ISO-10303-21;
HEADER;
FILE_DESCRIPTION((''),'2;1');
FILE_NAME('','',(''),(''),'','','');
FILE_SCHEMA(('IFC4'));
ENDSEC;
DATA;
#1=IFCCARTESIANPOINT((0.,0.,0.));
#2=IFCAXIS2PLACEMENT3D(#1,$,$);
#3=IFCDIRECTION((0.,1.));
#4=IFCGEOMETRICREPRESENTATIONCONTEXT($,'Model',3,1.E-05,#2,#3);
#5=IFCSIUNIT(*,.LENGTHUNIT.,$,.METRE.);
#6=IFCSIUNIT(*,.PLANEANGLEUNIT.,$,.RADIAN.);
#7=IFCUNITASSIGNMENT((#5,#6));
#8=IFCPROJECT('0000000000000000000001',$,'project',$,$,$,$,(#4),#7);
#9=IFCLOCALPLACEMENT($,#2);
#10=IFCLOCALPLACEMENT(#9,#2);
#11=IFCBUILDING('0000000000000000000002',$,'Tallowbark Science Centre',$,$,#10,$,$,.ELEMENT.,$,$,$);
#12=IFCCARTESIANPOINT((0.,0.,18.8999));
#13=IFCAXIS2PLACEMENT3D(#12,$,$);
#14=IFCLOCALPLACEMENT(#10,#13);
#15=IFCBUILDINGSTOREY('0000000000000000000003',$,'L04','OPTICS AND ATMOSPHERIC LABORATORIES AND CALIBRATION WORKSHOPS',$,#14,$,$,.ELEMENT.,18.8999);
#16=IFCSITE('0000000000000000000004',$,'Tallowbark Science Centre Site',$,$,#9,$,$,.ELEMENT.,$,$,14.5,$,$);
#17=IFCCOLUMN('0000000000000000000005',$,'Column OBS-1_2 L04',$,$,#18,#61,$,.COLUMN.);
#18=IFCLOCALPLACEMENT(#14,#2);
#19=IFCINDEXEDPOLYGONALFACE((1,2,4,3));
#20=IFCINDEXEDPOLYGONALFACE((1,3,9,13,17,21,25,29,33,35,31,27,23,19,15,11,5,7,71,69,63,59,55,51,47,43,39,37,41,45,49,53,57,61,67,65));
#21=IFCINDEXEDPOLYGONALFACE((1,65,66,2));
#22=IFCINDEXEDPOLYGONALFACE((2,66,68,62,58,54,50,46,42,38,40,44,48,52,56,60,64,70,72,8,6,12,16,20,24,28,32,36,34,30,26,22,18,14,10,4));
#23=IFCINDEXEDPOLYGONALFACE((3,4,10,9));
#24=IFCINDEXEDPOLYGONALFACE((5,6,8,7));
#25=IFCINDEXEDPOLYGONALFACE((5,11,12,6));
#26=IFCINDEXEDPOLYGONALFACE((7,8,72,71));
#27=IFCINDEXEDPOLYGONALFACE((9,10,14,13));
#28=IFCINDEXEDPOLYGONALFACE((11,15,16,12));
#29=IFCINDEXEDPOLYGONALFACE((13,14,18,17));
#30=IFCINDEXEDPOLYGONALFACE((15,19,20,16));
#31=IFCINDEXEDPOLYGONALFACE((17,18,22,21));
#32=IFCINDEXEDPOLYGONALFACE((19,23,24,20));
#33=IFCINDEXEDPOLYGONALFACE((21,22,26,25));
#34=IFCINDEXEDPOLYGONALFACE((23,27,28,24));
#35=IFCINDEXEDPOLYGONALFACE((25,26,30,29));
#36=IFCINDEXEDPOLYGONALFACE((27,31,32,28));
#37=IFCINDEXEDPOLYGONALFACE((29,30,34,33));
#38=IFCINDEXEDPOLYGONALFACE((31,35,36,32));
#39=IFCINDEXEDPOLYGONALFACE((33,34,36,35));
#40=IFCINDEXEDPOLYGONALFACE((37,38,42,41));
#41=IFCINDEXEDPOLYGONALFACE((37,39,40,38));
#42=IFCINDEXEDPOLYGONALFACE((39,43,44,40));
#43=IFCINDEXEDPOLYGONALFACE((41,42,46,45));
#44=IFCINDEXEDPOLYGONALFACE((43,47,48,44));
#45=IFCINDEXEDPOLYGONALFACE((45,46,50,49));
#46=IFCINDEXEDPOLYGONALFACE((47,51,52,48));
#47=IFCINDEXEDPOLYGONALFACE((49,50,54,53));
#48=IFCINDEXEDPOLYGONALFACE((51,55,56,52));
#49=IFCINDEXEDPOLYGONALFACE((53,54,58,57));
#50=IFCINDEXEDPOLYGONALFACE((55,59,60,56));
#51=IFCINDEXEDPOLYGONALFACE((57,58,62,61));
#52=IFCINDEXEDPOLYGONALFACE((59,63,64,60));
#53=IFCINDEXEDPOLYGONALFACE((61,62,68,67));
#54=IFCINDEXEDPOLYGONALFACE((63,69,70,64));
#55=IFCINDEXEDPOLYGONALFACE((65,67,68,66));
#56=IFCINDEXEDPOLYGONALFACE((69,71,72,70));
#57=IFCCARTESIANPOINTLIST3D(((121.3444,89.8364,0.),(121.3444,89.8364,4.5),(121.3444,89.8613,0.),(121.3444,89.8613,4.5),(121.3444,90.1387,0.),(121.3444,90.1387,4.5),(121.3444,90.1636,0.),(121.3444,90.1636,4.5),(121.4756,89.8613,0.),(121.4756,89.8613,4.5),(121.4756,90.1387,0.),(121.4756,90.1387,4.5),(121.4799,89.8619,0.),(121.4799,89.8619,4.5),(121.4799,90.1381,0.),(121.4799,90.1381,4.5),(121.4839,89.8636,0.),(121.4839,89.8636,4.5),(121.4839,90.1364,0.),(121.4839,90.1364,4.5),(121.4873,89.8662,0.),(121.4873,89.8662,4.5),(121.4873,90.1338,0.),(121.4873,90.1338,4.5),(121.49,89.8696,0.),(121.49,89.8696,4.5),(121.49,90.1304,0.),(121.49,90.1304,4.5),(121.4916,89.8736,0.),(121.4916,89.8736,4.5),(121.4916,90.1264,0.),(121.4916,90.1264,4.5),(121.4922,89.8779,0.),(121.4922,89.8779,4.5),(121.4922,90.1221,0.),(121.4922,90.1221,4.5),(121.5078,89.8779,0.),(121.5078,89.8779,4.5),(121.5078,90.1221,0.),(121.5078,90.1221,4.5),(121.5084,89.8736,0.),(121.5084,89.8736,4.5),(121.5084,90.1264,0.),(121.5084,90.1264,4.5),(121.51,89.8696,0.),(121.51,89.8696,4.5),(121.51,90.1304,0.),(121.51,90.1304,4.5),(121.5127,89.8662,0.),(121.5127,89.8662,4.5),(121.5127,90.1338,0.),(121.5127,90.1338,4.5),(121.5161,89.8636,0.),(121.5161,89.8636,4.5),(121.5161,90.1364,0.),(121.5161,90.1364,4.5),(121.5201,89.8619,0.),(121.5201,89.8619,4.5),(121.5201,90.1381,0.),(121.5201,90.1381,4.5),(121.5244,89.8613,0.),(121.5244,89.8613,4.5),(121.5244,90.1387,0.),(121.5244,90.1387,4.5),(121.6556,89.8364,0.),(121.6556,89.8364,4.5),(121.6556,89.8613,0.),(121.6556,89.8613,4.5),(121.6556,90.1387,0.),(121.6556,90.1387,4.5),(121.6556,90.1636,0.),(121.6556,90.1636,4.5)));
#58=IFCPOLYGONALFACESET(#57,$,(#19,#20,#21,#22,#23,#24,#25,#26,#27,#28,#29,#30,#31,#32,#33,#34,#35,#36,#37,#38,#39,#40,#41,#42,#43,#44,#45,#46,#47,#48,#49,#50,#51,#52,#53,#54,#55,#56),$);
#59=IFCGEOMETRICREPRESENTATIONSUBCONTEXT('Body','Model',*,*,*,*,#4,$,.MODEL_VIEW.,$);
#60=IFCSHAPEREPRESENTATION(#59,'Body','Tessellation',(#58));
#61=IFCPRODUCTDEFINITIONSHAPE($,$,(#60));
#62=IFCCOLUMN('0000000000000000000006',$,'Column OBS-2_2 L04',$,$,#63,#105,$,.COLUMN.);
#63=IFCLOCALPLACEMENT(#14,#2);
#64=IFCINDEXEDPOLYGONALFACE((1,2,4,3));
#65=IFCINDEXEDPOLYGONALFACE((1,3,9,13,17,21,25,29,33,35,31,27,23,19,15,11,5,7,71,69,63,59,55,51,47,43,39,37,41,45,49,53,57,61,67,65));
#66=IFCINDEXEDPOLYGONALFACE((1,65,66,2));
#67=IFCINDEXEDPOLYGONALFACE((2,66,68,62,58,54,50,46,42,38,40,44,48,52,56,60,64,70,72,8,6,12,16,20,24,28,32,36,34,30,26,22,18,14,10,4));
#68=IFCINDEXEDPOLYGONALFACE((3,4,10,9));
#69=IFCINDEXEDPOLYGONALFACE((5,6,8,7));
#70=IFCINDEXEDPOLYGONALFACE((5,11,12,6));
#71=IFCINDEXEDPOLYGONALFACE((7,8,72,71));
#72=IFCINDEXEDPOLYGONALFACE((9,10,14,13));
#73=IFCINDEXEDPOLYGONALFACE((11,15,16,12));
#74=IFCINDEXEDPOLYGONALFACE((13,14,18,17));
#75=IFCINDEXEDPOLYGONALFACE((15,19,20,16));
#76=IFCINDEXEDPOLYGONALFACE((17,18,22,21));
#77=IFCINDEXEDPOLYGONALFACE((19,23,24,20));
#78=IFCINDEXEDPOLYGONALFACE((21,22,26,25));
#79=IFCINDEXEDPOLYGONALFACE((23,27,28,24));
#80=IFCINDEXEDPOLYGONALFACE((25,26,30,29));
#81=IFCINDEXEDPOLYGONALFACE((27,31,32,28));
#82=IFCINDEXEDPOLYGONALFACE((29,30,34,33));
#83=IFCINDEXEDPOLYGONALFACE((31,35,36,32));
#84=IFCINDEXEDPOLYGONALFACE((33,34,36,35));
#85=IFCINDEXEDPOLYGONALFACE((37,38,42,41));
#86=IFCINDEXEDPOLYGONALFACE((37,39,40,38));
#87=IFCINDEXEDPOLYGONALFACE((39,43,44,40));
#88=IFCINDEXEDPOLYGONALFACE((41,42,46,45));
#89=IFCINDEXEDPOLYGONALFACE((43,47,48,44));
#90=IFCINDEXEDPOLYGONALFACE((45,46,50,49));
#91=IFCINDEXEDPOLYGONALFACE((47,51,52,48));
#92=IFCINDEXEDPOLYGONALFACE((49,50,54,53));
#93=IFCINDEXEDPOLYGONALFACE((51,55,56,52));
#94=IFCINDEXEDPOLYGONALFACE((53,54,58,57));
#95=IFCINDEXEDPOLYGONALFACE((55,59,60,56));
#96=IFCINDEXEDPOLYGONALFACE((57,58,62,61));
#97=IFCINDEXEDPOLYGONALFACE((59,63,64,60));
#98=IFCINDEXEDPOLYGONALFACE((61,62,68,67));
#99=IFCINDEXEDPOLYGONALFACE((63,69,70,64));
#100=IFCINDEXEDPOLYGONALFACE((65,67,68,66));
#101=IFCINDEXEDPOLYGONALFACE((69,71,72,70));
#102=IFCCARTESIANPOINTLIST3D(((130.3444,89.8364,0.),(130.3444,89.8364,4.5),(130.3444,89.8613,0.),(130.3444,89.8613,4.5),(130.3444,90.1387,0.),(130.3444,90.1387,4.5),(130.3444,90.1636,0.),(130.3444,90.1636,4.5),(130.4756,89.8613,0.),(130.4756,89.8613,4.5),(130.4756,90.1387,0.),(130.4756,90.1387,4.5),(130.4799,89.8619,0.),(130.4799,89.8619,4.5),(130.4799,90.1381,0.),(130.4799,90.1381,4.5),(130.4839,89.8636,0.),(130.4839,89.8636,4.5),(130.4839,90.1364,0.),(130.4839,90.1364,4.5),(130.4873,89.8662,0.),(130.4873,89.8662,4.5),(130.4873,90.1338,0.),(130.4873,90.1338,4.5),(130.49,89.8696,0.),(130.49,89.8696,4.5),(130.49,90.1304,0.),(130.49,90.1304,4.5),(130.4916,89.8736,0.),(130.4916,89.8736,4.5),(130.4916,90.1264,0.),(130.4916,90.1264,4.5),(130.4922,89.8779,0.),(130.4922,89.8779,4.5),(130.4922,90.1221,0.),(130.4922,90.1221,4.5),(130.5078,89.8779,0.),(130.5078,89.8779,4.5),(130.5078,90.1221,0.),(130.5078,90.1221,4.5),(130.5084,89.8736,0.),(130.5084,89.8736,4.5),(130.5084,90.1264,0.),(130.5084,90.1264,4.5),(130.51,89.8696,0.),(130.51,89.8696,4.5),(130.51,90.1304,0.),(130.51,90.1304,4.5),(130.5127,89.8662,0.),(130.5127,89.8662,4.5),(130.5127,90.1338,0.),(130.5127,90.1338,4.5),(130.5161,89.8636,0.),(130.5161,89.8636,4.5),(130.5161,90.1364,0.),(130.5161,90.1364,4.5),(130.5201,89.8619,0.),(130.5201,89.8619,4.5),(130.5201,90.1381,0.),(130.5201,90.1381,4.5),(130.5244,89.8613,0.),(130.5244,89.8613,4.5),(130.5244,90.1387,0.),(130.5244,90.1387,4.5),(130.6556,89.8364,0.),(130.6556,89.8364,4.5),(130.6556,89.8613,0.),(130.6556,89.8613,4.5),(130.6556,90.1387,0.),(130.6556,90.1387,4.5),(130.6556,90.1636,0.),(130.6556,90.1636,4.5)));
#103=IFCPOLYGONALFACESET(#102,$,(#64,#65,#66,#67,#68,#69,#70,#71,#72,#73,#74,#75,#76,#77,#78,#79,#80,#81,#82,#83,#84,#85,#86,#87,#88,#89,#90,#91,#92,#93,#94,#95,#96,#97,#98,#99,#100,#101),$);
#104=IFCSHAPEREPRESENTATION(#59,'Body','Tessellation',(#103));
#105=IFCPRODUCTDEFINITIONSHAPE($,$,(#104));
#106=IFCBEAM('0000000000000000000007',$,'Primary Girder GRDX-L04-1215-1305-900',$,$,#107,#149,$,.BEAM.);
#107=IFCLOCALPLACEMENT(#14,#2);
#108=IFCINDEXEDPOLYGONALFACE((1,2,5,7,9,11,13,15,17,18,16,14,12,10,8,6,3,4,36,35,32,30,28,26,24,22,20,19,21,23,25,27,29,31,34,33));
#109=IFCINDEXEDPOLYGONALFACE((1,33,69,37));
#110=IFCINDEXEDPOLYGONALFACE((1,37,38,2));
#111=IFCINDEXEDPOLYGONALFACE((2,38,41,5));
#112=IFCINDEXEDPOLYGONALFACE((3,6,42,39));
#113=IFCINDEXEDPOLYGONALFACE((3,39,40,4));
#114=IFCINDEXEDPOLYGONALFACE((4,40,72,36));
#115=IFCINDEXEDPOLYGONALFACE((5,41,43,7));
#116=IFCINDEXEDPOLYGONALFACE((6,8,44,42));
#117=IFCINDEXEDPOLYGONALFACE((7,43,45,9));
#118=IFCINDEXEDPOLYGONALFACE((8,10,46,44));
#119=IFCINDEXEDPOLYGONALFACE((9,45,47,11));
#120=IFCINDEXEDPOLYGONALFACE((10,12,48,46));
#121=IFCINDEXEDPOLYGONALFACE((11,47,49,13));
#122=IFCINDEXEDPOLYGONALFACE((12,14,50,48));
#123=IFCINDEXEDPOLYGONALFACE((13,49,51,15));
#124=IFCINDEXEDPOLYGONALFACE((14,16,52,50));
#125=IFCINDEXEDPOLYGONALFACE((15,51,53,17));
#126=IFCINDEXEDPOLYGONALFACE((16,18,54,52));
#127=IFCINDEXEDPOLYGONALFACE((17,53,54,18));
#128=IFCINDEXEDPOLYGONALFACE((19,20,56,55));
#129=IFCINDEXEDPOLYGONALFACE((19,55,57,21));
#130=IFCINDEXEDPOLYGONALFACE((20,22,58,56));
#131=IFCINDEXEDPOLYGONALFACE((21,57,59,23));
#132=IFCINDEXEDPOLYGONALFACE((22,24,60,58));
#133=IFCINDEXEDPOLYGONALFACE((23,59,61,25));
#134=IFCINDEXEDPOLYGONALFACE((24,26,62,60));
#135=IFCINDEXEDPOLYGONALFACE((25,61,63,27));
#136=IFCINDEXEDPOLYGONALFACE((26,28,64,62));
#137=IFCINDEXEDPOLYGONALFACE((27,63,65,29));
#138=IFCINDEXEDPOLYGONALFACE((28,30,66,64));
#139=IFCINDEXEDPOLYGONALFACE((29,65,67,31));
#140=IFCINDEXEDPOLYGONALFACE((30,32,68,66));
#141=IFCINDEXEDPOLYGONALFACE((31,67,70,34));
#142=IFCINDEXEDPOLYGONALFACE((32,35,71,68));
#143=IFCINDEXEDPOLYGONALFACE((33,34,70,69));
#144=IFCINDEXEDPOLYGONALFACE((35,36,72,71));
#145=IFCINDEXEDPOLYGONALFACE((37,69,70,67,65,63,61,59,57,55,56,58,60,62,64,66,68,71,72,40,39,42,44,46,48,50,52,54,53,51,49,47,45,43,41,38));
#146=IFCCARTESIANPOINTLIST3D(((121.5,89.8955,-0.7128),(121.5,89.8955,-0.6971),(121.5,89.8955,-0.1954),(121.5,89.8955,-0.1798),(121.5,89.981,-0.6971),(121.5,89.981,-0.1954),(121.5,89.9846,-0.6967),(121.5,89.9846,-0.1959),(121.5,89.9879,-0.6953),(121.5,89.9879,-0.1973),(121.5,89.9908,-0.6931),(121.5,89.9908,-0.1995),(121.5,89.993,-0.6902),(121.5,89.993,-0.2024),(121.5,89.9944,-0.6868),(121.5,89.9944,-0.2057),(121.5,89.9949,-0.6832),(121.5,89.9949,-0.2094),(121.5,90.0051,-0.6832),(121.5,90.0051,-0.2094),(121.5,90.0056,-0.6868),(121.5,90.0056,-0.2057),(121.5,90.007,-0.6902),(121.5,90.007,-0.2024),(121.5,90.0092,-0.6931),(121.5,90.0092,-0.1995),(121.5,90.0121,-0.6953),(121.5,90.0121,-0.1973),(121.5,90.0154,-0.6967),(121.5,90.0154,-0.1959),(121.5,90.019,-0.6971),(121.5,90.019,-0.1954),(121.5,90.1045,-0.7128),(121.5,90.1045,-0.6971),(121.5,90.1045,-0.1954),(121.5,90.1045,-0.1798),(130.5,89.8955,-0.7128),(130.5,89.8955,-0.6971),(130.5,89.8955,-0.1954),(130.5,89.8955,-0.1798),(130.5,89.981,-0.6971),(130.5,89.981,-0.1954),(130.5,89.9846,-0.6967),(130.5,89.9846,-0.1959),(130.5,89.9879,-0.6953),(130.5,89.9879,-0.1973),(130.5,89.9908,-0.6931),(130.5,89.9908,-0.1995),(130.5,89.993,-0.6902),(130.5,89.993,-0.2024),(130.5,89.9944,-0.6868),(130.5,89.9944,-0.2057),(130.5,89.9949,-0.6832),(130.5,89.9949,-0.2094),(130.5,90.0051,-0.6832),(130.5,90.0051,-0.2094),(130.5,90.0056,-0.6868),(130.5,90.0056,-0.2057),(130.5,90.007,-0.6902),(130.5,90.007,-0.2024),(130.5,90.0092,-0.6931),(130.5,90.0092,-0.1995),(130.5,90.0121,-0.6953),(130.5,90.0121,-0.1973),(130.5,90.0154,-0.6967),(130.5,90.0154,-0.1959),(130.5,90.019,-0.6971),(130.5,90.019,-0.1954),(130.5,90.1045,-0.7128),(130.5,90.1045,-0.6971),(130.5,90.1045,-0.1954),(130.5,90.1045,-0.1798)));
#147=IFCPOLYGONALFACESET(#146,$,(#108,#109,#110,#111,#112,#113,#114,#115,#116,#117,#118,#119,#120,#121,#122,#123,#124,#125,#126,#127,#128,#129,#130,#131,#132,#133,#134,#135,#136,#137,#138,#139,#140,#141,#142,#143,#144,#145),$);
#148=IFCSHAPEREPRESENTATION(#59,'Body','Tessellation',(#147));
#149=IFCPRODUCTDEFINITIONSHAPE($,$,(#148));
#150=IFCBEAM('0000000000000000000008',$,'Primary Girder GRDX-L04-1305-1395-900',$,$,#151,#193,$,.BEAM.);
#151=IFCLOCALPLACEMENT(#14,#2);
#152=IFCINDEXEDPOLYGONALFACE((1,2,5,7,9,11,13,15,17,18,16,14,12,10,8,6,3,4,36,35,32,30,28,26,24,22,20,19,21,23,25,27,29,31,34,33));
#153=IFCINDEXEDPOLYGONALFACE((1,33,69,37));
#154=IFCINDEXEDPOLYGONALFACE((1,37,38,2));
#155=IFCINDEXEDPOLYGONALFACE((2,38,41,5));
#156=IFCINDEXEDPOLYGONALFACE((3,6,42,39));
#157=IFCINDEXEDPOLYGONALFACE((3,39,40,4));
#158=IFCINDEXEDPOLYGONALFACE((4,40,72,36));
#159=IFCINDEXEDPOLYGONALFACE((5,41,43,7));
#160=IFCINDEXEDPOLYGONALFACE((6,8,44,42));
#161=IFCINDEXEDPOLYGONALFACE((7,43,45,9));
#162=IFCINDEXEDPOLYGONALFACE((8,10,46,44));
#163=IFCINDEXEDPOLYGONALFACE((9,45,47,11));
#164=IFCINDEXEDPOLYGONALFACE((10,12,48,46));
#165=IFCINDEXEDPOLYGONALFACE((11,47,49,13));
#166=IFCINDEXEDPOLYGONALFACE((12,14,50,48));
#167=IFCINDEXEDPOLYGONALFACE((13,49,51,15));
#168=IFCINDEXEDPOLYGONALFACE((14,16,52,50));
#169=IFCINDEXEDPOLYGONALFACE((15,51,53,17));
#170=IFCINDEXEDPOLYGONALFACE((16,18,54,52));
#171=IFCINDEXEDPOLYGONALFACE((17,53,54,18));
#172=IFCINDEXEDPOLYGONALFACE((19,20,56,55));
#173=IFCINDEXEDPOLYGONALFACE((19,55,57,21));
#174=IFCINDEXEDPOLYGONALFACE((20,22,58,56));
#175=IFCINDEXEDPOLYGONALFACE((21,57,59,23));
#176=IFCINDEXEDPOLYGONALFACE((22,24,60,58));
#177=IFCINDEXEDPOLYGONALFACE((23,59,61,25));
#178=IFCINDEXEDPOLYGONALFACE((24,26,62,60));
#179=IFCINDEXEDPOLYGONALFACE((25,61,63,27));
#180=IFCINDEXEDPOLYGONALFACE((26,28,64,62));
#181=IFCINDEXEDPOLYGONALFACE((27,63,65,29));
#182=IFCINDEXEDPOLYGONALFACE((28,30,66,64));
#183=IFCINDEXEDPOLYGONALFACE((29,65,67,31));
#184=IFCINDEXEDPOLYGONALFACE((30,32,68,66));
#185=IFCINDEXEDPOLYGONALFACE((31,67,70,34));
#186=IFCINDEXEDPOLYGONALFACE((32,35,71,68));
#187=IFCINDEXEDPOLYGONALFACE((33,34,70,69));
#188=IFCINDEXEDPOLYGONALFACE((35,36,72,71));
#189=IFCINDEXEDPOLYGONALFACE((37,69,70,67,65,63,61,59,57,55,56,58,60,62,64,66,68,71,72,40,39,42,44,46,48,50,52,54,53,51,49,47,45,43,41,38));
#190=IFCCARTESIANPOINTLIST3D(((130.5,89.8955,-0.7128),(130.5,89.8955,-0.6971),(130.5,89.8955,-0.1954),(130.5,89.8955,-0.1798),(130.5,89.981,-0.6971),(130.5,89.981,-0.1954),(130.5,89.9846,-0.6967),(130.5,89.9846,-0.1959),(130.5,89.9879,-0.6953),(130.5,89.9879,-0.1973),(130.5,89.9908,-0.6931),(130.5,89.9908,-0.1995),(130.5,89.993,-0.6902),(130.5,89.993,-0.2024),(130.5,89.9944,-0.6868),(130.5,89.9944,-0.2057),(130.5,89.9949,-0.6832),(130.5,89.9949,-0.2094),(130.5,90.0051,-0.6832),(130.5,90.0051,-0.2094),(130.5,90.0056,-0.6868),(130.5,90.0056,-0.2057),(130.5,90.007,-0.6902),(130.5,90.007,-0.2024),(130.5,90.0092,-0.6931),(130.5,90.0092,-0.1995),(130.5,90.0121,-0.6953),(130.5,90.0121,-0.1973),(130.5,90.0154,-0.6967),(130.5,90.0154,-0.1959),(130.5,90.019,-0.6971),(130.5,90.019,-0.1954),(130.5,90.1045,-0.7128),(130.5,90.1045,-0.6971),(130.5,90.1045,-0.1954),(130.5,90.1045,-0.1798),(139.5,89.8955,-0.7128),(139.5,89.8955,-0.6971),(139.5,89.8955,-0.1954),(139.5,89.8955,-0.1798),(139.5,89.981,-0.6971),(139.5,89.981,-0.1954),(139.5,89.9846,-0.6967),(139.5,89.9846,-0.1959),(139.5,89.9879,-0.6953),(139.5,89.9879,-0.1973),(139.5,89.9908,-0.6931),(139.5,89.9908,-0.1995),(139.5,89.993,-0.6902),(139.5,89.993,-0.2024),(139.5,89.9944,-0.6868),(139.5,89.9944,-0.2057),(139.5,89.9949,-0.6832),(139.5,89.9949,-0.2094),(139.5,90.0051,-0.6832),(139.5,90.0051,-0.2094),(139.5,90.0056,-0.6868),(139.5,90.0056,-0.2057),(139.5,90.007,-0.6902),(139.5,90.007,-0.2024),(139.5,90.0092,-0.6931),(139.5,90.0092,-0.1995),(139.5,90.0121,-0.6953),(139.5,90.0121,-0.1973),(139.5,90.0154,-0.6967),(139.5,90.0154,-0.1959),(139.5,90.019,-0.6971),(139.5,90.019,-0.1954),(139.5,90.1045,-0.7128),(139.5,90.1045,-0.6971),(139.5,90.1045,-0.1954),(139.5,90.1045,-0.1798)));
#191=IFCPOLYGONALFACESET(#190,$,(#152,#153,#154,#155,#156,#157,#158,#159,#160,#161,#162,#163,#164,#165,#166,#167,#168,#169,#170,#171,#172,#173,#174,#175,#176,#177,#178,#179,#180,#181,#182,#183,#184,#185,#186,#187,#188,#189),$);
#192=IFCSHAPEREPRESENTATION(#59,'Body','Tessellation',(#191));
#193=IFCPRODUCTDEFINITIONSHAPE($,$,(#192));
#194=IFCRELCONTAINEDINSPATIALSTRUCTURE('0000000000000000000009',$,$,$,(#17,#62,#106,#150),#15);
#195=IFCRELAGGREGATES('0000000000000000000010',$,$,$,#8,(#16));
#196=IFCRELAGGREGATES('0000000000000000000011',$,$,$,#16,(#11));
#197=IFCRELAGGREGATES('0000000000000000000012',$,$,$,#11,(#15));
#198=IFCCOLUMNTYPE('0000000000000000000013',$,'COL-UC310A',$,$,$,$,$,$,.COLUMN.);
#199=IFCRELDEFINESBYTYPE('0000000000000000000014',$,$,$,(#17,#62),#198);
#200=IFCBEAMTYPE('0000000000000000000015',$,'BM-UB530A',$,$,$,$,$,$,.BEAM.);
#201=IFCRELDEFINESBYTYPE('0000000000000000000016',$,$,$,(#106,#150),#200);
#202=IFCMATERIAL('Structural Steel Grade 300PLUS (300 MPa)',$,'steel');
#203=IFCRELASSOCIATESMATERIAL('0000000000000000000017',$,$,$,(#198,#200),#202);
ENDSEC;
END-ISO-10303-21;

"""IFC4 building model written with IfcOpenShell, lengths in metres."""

from ifc_helpers import new_model, si_unit, direction, frame, origin, origin_2d, place, context, subcontext, project, spatial, i_section, extrude, material, material_profile, profile_set, type_object, element, save


model = new_model("IFC4")

# Units and contexts
model_context = context("Model", 3, precision=1e-05, world=origin(), true_north=direction((0.0, 1.0)))
body_context = subcontext(model_context, "Body", "Model", "MODEL_VIEW")
ifc_project = project(units=[si_unit("LENGTHUNIT", "METRE"), si_unit("PLANEANGLEUNIT", "RADIAN")], contexts=[model_context])

# Site, building, storey
site_placement = place(None, origin())
site = spatial("IfcSite", under=ifc_project, at=site_placement, Name="Tallowbark Science Centre Site", CompositionType="ELEMENT", RefElevation=14.5)
building_placement = place(site_placement, origin())
building = spatial("IfcBuilding", under=site, at=building_placement, Name="Tallowbark Science Centre", CompositionType="ELEMENT")
storey_placement = place(building_placement, frame((0.0, 0.0, 18.8999)))
storey = spatial("IfcBuildingStorey", under=building, at=storey_placement, Name="L04", Description="OPTICS AND ATMOSPHERIC LABORATORIES AND CALIBRATION WORKSHOPS", CompositionType="ELEMENT", Elevation=18.8999)

# Columns
ifc_material_1 = material(Name="Structural Steel Grade 300PLUS (300 MPa)", Category="steel")
ifc_material_profile_1 = material_profile(ifc_material_1, i_section(OverallWidth=0.3113, OverallDepth=0.3271, WebThickness=0.0156, FlangeThickness=0.0249, FilletRadius=0.0166, at=origin_2d()), Name="310UC158")
ifc_profile_set_1 = profile_set([ifc_material_profile_1], Name="Structural Steel Grade 300PLUS (300 MPa)")
column_type = type_object("IfcColumnType", Name="COL-UC310A", PredefinedType="COLUMN", material=ifc_profile_set_1)
for number, where, z_axis, x_axis, name in (
    (1, (121.5, 90.0, 0.0), (0.0, 0.0, 1.0), (1.0, 0.0, 0.0), "Column OBS-1_2 L04"),
    (2, (130.5, 90.0, 0.0), (0.0, 0.0, 1.0), (1.0, 0.0, 0.0), "Column OBS-2_2 L04"),
):
    element("IfcColumn", number, at=place(storey_placement, frame(where, z_axis=z_axis, x_axis=x_axis)), inside=storey, type_object=column_type, Name=name, PredefinedType="COLUMN", context=body_context, shape_type="SweptSolid", body=[
        extrude(i_section(OverallWidth=0.3113, OverallDepth=0.3271, WebThickness=0.0156, FlangeThickness=0.0249, FilletRadius=0.0166, at=origin_2d()), origin(), (0.0, 0.0, 1.0), 4.5),
    ])

# Beams
ifc_material_profile_2 = material_profile(ifc_material_1, i_section(OverallWidth=0.209, OverallDepth=0.533, WebThickness=0.0103, FlangeThickness=0.0156, FilletRadius=0.0139, at=origin_2d()), Name="530UB92.4")
ifc_profile_set_2 = profile_set([ifc_material_profile_2], Name="Structural Steel Grade 300PLUS (300 MPa)")
beam_type_1 = type_object("IfcBeamType", Name="BM-UB530A", PredefinedType="BEAM", material=ifc_profile_set_2)
for number, where, z_axis, x_axis, name in (
    (3, (121.5, 90.0, -0.4463), (1.0, 0.0, 0.0), (0.0, 1.0, 0.0), "Primary Girder GRDX-L04-1215-1305-900"),
    (4, (130.5, 90.0, -0.4463), (1.0, 0.0, 0.0), (0.0, 1.0, 0.0), "Primary Girder GRDX-L04-1305-1395-900"),
):
    element("IfcBeam", number, at=place(storey_placement, frame(where, z_axis=z_axis, x_axis=x_axis)), inside=storey, type_object=beam_type_1, Name=name, PredefinedType="BEAM", context=body_context, shape_type="SweptSolid", body=[
        extrude(i_section(OverallWidth=0.209, OverallDepth=0.533, WebThickness=0.0103, FlangeThickness=0.0156, FilletRadius=0.0139, at=origin_2d()), origin(), (0.0, 0.0, 1.0), 9.0),
    ])

save(model, "model.ifc")
